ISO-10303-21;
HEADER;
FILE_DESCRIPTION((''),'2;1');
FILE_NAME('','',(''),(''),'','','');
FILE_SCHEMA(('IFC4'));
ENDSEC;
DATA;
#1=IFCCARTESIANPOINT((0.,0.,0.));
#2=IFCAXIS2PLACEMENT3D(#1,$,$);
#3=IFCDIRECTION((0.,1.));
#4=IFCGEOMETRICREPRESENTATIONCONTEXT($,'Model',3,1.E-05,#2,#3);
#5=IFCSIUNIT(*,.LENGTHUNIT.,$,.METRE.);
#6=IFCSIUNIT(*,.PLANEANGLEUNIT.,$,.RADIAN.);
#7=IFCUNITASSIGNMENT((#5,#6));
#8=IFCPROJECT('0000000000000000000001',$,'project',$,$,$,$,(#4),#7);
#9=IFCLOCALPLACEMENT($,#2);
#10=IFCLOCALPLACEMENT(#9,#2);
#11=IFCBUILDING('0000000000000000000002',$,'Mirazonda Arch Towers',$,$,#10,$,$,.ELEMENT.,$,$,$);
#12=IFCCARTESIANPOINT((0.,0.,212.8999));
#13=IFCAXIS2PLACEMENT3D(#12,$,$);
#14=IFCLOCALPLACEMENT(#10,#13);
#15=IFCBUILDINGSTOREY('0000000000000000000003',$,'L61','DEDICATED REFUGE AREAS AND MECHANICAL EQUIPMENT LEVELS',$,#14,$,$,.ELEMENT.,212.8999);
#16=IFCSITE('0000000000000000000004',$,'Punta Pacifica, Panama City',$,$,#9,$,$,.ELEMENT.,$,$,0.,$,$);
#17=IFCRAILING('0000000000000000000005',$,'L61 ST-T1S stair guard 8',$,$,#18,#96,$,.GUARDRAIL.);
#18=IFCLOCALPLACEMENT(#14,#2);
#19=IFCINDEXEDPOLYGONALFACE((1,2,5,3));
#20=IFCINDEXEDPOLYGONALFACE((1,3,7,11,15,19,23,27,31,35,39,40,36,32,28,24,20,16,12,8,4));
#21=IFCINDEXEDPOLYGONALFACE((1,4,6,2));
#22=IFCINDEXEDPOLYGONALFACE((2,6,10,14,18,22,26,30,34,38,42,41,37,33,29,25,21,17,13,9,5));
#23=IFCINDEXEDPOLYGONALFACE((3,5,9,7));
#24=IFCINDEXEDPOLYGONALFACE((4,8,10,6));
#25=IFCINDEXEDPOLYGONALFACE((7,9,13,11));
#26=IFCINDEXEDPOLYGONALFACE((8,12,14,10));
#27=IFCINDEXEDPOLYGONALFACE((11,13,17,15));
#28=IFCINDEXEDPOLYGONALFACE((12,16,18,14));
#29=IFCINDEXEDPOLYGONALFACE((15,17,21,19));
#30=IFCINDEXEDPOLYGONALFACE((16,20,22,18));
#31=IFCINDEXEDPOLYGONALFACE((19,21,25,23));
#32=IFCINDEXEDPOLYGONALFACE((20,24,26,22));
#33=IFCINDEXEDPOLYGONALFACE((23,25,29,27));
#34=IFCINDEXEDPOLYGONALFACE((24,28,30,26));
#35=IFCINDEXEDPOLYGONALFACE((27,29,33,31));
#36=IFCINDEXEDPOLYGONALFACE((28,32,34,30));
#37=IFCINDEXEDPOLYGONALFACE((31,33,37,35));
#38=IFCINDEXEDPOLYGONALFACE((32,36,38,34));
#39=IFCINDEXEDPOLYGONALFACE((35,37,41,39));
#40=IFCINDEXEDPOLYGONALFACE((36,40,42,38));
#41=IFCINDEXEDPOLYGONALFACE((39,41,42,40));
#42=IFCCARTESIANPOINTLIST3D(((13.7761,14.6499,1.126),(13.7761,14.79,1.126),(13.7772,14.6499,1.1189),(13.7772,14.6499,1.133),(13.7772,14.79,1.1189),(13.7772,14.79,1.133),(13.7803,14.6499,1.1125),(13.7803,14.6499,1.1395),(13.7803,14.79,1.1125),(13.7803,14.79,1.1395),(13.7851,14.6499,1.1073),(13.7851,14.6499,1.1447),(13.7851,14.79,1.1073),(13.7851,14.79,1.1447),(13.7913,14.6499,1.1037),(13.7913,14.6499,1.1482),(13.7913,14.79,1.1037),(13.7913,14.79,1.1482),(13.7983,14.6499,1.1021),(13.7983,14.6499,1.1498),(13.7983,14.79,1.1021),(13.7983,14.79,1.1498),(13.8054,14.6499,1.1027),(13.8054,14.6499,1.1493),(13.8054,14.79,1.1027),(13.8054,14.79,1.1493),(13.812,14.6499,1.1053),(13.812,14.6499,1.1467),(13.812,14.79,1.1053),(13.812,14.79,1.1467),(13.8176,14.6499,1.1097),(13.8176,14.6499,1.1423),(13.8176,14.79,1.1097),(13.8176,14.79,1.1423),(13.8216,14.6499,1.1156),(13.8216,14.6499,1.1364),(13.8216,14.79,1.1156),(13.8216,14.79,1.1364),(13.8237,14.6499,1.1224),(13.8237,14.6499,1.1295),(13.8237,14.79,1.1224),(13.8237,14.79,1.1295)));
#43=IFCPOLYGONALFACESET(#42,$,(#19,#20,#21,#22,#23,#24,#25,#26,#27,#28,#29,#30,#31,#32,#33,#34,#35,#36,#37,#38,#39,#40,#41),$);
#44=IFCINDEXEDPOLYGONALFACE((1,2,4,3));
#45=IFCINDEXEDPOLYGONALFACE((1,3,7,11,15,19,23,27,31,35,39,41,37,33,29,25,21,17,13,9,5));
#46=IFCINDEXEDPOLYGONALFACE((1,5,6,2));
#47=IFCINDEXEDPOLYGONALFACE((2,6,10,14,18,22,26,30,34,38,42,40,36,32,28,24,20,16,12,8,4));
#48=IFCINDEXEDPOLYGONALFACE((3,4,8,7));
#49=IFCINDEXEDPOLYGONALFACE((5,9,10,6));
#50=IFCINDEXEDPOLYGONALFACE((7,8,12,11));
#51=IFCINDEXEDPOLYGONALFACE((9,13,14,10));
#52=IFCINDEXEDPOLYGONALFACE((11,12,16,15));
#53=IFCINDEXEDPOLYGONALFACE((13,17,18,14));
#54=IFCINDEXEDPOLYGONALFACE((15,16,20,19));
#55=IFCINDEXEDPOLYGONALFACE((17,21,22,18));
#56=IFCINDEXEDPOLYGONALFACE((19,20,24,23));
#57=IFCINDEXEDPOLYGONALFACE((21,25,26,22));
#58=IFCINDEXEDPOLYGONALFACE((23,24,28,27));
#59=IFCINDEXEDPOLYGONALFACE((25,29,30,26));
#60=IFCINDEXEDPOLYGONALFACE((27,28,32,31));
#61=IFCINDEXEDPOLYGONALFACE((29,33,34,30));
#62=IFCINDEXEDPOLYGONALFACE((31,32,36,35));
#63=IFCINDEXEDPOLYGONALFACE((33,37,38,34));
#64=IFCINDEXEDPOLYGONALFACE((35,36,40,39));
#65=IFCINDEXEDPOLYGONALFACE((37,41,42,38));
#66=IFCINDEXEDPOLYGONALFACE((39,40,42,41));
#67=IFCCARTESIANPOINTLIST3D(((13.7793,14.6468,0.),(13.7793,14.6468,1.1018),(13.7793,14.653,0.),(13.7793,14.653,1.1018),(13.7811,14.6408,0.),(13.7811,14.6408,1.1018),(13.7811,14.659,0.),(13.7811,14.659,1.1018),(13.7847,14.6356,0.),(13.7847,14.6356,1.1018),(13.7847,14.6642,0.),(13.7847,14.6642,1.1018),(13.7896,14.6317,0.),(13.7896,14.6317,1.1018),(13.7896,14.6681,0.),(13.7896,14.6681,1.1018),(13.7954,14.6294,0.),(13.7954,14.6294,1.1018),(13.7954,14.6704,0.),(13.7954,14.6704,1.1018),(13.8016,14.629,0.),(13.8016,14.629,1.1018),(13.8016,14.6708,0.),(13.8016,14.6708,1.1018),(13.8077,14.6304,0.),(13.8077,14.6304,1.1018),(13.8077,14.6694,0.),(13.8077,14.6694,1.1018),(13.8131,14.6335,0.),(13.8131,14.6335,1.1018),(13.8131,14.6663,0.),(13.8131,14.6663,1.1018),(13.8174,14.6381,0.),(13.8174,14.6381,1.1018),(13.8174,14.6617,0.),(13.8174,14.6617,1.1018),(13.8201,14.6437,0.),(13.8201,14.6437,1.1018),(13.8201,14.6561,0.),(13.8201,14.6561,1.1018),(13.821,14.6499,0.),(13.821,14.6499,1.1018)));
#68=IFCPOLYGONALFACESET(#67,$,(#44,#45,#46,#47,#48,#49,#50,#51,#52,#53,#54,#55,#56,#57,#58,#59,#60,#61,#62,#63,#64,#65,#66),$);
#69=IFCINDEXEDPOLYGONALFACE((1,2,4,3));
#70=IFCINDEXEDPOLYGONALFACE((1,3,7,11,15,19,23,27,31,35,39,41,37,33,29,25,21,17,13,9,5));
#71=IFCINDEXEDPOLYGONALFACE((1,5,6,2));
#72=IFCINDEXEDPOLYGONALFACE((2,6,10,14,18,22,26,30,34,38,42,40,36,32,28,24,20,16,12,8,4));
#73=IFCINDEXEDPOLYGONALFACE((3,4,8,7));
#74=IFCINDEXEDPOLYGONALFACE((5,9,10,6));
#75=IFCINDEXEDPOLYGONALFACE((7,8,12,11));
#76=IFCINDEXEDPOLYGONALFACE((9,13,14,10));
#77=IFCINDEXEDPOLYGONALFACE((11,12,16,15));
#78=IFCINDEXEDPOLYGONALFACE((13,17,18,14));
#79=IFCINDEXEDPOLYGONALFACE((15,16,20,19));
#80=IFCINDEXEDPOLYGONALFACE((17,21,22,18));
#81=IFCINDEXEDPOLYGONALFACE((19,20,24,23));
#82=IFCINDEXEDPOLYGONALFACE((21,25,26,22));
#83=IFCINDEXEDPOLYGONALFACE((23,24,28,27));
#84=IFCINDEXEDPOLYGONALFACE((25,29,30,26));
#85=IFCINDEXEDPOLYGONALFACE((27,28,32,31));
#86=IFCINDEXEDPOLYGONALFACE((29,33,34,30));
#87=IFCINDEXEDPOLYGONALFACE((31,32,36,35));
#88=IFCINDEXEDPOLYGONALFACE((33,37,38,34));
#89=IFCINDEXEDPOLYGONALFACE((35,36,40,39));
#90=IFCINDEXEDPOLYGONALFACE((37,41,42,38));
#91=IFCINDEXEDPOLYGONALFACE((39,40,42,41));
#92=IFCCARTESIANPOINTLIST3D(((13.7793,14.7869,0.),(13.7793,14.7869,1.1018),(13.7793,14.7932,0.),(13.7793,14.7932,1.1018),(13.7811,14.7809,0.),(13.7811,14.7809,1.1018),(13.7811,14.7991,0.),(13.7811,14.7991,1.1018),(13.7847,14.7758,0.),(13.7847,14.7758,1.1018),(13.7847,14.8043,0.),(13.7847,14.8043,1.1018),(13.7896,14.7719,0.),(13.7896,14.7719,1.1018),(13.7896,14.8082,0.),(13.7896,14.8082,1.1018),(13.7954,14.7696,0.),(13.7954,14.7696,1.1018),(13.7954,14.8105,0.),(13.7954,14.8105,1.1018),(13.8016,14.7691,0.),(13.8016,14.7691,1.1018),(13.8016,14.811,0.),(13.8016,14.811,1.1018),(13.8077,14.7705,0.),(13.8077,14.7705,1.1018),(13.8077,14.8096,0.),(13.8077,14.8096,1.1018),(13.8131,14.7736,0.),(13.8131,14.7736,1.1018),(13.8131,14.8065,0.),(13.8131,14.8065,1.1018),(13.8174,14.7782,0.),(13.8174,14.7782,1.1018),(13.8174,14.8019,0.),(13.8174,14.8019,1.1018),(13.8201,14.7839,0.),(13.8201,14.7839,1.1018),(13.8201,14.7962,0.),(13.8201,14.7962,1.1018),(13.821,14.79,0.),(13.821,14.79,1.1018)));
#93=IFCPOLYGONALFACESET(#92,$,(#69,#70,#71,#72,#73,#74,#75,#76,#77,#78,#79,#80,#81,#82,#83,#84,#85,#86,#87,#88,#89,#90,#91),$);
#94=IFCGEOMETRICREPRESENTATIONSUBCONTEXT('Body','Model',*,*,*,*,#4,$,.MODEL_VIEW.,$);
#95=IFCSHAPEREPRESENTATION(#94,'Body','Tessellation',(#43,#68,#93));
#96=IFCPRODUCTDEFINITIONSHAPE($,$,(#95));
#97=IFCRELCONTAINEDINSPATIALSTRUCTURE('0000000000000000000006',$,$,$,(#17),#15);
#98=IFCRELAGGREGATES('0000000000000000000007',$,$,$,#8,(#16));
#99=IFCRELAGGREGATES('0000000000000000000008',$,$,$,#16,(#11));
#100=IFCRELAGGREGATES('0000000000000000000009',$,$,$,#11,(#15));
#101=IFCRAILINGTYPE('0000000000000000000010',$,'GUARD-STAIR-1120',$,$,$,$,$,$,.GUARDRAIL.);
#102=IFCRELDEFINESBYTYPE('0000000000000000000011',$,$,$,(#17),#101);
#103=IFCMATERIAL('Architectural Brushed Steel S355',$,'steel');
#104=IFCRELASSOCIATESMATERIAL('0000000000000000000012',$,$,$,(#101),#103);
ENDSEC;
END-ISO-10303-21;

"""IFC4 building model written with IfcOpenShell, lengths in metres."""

from ifc_helpers import new_model, si_unit, direction, frame, origin, origin_2d, place, context, subcontext, project, spatial, circle, extrude, material, type_object, element, save


model = new_model("IFC4")

# Units and contexts
model_context = context("Model", 3, precision=1e-05, world=origin(), true_north=direction((0.0, 1.0)))
body_context = subcontext(model_context, "Body", "Model", "MODEL_VIEW")
ifc_project = project(units=[si_unit("LENGTHUNIT", "METRE"), si_unit("PLANEANGLEUNIT", "RADIAN")], contexts=[model_context])

# Site, building, storey
site_placement = place(None, origin())
site = spatial("IfcSite", under=ifc_project, at=site_placement, Name="Punta Pacifica, Panama City", CompositionType="ELEMENT", RefElevation=0.0)
building_placement = place(site_placement, origin())
building = spatial("IfcBuilding", under=site, at=building_placement, Name="Mirazonda Arch Towers", CompositionType="ELEMENT")
storey_placement = place(building_placement, frame((0.0, 0.0, 212.8999)))
storey = spatial("IfcBuildingStorey", under=building, at=storey_placement, Name="L61", Description="DEDICATED REFUGE AREAS AND MECHANICAL EQUIPMENT LEVELS", CompositionType="ELEMENT", Elevation=212.8999)

# Shared definitions
ifc_material_1 = material(Name="Architectural Brushed Steel S355", Category="steel")

# Railing
railing_type_1 = type_object("IfcRailingType", Name="GUARD-STAIR-1120", PredefinedType="GUARDRAIL", material=ifc_material_1)
railing_1_placement = place(storey_placement, frame((13.8, 14.6499, 0.0)))
element("IfcRailing", 1, at=railing_1_placement, inside=storey, type_object=railing_type_1, Name="L61 ST-T1S stair guard 8", PredefinedType="GUARDRAIL", context=body_context, shape_type="SweptSolid", body=[
    extrude(circle(Radius=0.0239, at=origin_2d()), frame((0.0, 0.0, 1.126), z_axis=(0.0, 1.0, 0.0), x_axis=(-1.0, 0.0, 0.0)), (0.0, 0.0, 1.0), 0.1401),
    extrude(circle(Radius=0.021, at=origin_2d()), origin(), (0.0, 0.0, 1.0), 1.1018),
    extrude(circle(Radius=0.021, at=origin_2d()), frame((0.0, 0.1401, 0.0)), (0.0, 0.0, 1.0), 1.1018),
])

save(model, "model.ifc")
